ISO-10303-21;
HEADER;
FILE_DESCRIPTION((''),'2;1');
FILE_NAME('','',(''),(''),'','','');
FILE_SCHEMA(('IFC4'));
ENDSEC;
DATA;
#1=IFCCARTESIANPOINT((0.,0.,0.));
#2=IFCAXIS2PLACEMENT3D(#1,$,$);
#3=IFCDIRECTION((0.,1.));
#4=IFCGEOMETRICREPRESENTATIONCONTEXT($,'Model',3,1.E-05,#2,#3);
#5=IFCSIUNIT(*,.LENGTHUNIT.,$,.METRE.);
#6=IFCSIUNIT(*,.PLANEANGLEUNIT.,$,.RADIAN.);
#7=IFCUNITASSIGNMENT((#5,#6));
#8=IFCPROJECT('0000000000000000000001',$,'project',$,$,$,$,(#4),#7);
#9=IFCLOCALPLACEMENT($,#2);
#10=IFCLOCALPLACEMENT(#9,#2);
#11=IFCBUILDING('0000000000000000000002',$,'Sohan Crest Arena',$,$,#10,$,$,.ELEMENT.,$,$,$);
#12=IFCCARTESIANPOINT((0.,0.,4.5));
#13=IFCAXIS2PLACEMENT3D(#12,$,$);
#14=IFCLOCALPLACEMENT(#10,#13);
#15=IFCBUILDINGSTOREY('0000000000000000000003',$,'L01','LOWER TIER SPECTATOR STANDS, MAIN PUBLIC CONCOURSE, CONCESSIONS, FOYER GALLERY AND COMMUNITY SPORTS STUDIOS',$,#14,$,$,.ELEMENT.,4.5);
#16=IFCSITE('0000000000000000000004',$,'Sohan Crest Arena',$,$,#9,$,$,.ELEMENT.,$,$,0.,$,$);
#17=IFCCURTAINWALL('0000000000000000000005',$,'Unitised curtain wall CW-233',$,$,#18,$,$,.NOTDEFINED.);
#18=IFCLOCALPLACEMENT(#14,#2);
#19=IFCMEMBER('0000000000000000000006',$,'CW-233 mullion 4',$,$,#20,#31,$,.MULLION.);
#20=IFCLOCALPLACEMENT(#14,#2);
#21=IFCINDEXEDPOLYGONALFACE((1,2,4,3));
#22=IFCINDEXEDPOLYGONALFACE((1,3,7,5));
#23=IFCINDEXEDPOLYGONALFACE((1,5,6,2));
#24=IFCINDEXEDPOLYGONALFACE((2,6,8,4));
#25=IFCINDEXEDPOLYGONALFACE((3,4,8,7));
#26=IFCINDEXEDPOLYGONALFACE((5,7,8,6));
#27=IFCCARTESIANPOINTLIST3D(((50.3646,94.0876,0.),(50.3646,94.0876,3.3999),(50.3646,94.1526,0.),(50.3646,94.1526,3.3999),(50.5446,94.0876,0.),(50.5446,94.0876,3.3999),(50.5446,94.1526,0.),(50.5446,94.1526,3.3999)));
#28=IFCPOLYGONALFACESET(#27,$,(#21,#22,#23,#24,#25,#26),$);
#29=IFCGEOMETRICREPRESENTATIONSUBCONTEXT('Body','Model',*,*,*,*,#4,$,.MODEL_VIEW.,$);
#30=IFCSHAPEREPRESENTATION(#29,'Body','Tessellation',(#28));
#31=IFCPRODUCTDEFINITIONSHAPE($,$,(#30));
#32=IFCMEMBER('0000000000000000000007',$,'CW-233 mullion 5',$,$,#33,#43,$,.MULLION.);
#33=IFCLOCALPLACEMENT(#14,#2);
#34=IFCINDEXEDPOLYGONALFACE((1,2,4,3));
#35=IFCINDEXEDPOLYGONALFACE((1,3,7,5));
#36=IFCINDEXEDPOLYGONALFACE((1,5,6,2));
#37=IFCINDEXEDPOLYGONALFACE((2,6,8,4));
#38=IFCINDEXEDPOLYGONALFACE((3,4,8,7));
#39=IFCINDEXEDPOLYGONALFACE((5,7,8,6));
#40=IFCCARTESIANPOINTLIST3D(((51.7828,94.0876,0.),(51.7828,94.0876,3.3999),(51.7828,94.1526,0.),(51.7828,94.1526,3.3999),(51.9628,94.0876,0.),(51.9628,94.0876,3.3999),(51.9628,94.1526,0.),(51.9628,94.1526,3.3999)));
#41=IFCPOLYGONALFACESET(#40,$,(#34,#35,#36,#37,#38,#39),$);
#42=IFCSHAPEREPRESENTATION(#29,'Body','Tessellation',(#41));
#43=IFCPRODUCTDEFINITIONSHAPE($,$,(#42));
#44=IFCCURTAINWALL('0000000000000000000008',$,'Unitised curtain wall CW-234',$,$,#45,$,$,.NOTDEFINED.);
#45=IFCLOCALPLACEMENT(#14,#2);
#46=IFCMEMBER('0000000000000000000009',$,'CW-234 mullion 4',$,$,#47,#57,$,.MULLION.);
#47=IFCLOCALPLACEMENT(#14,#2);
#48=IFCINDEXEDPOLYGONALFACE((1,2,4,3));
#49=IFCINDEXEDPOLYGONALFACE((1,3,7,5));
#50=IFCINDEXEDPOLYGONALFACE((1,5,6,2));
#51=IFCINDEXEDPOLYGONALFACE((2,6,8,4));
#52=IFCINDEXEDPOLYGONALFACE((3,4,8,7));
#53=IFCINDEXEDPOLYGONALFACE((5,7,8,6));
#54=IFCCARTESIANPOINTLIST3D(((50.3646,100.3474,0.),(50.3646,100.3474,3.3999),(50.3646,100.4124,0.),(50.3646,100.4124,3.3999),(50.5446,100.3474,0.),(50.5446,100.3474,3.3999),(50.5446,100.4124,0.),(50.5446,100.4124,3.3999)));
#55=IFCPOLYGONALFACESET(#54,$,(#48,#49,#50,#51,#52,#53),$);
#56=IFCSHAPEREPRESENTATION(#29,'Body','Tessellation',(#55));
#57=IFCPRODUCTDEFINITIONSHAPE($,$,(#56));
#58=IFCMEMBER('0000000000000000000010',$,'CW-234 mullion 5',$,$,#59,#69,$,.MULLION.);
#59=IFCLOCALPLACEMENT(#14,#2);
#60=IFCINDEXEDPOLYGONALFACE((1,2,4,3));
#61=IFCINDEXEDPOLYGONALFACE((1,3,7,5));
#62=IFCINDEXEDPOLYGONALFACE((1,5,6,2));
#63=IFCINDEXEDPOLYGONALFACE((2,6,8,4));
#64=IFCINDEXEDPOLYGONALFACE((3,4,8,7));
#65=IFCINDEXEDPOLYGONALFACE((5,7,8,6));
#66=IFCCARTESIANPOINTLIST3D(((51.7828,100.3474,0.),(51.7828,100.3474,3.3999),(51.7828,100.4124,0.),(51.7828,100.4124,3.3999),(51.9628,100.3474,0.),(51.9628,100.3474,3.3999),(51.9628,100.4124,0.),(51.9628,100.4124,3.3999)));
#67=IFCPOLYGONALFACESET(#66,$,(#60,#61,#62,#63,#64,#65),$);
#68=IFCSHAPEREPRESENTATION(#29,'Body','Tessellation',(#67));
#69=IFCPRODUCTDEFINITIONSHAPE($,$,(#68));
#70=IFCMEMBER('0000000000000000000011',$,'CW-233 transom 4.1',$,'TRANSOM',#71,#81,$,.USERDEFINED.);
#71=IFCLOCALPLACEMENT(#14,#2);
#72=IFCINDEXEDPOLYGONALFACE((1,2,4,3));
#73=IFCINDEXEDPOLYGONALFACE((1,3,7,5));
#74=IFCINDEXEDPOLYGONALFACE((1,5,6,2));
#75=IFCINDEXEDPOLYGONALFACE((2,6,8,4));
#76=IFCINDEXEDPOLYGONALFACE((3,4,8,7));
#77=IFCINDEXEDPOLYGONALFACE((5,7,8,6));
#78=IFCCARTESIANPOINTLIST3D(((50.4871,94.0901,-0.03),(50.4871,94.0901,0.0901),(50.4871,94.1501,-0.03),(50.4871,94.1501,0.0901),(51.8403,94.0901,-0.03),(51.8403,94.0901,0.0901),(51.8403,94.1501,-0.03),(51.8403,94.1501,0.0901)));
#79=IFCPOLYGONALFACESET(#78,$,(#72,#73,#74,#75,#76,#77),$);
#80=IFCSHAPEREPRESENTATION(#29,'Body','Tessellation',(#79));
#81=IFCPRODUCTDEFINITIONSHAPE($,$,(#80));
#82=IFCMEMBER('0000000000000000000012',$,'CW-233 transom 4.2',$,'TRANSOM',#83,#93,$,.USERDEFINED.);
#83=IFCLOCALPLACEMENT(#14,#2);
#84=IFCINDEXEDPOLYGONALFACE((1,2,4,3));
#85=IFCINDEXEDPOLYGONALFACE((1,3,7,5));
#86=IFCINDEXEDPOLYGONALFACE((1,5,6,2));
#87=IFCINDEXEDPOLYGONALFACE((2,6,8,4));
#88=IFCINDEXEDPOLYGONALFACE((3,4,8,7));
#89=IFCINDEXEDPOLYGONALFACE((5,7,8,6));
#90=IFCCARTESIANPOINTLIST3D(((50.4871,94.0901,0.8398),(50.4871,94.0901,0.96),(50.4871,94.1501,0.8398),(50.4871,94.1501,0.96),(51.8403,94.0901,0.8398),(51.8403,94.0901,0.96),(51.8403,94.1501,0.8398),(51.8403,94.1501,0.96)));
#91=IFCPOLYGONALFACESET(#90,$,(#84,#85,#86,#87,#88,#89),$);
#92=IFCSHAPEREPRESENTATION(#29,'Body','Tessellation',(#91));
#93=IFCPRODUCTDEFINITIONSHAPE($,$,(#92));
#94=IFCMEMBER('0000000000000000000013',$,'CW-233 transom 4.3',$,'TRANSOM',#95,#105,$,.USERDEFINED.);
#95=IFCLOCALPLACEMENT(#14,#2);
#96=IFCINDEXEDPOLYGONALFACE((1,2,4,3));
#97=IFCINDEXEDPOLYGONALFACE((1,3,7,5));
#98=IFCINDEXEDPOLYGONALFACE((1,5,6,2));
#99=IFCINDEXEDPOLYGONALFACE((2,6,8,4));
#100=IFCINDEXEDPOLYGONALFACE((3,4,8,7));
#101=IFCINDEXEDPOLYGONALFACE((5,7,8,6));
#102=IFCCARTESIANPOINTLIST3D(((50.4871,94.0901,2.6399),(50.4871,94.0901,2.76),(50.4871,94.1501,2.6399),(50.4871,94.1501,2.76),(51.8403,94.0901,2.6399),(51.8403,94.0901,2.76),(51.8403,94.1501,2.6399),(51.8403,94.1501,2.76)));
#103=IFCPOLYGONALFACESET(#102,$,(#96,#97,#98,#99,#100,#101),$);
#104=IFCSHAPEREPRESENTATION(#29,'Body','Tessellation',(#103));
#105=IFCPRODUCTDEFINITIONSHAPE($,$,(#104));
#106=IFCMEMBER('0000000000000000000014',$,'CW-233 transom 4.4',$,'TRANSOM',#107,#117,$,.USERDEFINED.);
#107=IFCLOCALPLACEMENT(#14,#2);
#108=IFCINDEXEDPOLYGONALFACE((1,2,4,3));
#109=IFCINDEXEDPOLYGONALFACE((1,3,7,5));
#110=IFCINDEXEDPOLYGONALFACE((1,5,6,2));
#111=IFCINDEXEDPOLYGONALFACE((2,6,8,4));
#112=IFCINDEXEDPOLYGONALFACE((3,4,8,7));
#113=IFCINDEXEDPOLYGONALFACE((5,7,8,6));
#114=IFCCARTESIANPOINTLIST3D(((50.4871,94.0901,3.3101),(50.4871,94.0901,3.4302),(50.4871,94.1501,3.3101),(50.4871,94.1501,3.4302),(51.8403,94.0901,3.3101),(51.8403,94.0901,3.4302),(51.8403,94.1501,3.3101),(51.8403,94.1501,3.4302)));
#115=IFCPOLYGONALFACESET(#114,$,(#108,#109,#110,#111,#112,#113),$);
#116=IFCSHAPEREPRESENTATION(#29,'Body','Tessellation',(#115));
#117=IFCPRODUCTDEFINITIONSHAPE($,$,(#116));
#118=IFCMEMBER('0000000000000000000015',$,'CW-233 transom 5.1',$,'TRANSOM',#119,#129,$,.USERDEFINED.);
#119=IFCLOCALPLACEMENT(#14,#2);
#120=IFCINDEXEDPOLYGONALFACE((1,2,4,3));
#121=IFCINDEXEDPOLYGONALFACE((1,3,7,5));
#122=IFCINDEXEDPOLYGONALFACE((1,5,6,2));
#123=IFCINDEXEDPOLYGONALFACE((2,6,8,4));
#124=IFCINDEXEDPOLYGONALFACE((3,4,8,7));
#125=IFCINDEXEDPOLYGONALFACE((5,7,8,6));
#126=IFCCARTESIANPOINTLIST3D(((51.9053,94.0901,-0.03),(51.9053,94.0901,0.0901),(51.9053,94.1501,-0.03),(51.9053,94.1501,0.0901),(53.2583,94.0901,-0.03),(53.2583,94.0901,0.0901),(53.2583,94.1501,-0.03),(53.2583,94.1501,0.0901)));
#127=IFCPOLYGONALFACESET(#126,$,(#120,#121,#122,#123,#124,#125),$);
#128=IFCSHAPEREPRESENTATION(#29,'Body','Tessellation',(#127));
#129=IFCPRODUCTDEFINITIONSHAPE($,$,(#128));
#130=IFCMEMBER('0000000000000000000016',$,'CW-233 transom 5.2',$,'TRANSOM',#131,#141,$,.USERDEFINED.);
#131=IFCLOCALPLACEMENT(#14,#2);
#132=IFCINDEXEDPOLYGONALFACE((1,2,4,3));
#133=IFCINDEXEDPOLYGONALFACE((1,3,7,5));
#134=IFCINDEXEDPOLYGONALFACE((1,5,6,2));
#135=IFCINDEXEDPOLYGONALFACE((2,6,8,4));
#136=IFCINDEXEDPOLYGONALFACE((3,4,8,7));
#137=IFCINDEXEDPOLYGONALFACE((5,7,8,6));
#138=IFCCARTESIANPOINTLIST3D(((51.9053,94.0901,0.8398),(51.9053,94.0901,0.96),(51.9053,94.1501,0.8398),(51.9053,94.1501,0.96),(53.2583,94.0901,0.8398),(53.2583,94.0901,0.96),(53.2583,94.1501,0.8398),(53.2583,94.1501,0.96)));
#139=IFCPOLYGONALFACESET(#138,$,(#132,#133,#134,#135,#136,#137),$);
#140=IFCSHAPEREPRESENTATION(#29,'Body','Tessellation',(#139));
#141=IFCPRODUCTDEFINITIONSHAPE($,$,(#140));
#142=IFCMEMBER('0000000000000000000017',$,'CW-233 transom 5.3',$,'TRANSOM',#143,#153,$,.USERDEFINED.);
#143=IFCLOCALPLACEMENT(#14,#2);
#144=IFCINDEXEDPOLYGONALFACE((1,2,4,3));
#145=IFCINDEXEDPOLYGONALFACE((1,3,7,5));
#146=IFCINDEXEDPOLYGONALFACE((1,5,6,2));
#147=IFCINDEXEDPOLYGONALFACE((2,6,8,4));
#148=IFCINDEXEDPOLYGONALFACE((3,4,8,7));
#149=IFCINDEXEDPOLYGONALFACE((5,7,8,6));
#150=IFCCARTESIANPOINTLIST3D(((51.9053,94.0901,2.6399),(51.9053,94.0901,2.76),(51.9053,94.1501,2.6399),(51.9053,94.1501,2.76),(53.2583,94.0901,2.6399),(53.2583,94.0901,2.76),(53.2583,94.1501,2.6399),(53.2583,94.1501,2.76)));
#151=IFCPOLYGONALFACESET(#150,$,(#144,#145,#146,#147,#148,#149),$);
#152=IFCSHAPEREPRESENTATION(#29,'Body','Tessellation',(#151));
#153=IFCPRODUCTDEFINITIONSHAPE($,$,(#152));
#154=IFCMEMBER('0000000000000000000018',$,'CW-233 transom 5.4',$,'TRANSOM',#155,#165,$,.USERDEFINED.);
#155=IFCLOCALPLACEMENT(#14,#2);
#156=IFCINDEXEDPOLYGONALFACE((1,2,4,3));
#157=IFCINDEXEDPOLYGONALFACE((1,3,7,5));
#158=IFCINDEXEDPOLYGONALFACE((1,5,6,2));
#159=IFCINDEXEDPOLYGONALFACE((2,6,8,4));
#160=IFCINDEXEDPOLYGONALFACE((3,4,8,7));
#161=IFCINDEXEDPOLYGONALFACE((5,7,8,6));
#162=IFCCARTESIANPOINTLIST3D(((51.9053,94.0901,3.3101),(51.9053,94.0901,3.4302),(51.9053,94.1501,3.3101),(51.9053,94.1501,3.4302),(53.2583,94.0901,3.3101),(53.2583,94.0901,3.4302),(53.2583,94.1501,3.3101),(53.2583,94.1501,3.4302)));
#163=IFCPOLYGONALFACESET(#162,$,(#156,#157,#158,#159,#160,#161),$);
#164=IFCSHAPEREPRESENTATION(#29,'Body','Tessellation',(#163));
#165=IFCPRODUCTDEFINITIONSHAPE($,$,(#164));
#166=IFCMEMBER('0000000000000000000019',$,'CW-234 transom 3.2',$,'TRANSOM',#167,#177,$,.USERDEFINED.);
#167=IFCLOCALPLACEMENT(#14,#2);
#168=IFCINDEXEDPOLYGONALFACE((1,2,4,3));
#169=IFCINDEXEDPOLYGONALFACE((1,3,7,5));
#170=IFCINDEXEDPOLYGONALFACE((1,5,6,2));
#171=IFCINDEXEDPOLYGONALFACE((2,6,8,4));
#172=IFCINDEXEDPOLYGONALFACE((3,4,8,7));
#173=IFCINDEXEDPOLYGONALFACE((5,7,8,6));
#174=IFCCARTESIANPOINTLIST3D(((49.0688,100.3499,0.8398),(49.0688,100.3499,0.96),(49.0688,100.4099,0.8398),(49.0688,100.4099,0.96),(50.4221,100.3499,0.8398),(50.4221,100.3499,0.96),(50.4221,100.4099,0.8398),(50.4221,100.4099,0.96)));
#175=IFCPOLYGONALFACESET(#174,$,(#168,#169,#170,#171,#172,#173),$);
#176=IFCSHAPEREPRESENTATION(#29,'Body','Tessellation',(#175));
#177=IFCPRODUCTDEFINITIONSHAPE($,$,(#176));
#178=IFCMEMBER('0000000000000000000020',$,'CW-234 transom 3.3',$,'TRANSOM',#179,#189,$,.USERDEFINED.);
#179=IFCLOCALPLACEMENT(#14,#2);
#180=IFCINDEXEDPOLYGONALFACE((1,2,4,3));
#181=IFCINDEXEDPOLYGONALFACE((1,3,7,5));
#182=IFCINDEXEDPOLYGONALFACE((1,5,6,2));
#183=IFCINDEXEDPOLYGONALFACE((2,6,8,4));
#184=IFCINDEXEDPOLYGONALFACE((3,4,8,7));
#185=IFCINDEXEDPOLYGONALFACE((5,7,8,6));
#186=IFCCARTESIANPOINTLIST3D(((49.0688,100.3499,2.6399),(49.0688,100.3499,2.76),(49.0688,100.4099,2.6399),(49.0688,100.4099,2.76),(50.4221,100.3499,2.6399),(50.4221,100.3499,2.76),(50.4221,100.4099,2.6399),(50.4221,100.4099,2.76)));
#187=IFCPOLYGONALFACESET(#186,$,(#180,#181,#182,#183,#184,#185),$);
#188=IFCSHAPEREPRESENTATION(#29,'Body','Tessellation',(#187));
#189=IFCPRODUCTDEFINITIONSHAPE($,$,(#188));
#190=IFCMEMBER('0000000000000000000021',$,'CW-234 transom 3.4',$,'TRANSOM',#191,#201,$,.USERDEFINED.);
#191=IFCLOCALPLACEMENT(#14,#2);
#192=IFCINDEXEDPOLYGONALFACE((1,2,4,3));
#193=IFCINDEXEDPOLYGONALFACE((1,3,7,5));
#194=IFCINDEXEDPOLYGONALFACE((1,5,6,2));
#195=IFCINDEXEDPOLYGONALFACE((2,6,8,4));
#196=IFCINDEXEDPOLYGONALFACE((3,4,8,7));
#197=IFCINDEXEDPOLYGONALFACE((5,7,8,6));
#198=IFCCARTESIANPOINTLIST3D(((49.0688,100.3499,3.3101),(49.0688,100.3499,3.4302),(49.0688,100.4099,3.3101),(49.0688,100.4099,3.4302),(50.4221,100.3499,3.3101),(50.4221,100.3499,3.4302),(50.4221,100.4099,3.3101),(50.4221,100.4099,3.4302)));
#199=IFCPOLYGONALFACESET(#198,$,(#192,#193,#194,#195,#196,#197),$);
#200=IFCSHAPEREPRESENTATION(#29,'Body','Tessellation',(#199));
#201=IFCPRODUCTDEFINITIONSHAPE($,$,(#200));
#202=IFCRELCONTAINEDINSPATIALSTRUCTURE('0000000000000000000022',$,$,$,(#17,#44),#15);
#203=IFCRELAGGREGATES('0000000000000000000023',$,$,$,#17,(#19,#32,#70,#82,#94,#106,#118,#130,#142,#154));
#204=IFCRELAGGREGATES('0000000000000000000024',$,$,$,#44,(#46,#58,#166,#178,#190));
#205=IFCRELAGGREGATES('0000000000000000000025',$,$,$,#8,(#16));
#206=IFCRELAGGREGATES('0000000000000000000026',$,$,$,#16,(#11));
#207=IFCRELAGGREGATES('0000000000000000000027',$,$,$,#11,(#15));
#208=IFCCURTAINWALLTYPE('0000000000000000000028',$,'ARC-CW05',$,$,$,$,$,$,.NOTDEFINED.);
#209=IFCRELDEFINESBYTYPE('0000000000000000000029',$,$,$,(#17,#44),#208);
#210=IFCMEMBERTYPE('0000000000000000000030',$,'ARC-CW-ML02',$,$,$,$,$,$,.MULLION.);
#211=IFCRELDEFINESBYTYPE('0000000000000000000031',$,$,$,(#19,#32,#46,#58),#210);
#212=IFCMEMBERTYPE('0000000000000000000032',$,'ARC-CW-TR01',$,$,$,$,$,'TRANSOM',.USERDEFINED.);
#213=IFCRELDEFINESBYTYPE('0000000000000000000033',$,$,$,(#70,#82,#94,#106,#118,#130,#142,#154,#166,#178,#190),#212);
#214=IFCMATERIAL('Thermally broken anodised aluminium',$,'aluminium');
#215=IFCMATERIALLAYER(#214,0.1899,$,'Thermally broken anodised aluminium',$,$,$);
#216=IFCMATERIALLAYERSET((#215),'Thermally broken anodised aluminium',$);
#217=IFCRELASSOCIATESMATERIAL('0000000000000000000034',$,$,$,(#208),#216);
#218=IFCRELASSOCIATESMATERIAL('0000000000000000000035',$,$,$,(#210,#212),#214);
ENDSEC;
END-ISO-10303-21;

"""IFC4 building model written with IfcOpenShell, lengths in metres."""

from ifc_helpers import new_model, si_unit, direction, frame, origin, origin_2d, place, context, subcontext, project, spatial, rectangle, extrude, material, layer, layer_set, material_profile, profile_set, type_object, element, aggregate, save


model = new_model("IFC4")

# Units and contexts
model_context = context("Model", 3, precision=1e-05, world=origin(), true_north=direction((0.0, 1.0)))
body_context = subcontext(model_context, "Body", "Model", "MODEL_VIEW")
ifc_project = project(units=[si_unit("LENGTHUNIT", "METRE"), si_unit("PLANEANGLEUNIT", "RADIAN")], contexts=[model_context])

# Site, building, storey
site_placement = place(None, origin())
site = spatial("IfcSite", under=ifc_project, at=site_placement, Name="Sohan Crest Arena", CompositionType="ELEMENT", RefElevation=0.0)
building_placement = place(site_placement, origin())
building = spatial("IfcBuilding", under=site, at=building_placement, Name="Sohan Crest Arena", CompositionType="ELEMENT")
storey_placement = place(building_placement, frame((0.0, 0.0, 4.5)))
storey = spatial("IfcBuildingStorey", under=building, at=storey_placement, Name="L01", Description="LOWER TIER SPECTATOR STANDS, MAIN PUBLIC CONCOURSE, CONCESSIONS, FOYER GALLERY AND COMMUNITY SPORTS STUDIOS", CompositionType="ELEMENT", Elevation=4.5)

# Curtain walls, members
ifc_material_1 = material(Name="Thermally broken anodised aluminium", Category="aluminium")
ifc_layer_1 = layer(ifc_material_1, 0.1899, Name="Thermally broken anodised aluminium")
ifc_layer_set_1 = layer_set([ifc_layer_1], Name="Thermally broken anodised aluminium")
curtain_wall_type = type_object("IfcCurtainWallType", Name="ARC-CW05", PredefinedType="NOTDEFINED", material=ifc_layer_set_1)
curtain_wall_1_placement = place(storey_placement, origin())
curtain_wall_1 = element("IfcCurtainWall", 1, at=curtain_wall_1_placement, inside=storey, type_object=curtain_wall_type, Name="Unitised curtain wall CW-233", PredefinedType="NOTDEFINED")
ifc_material_profile_1 = material_profile(ifc_material_1, rectangle(XDim=0.0649, YDim=0.1799, at=origin_2d()), Name="ALU-MULL 65x180")
ifc_profile_set_1 = profile_set([ifc_material_profile_1], Name="Thermally broken anodised aluminium")
member_type_1 = type_object("IfcMemberType", Name="ARC-CW-ML02", PredefinedType="MULLION", material=ifc_profile_set_1)
member_1_placement = place(storey_placement, frame((50.4546, 94.1201, 0.0), z_axis=(0.0, 0.0, 1.0), x_axis=(0.0, 1.0, 0.0)))
member_1 = element("IfcMember", 2, at=member_1_placement, type_object=member_type_1, Name="CW-233 mullion 4", PredefinedType="MULLION", context=body_context, shape_type="SweptSolid", body=[
    extrude(rectangle(XDim=0.0649, YDim=0.1799, at=origin_2d()), origin(), (0.0, 0.0, 1.0), 3.3999),
])
member_2_placement = place(storey_placement, frame((51.8728, 94.1201, 0.0), z_axis=(0.0, 0.0, 1.0), x_axis=(0.0, 1.0, 0.0)))
member_2 = element("IfcMember", 3, at=member_2_placement, type_object=member_type_1, Name="CW-233 mullion 5", PredefinedType="MULLION", context=body_context, shape_type="SweptSolid", body=[
    extrude(rectangle(XDim=0.0649, YDim=0.1799, at=origin_2d()), origin(), (0.0, 0.0, 1.0), 3.3999),
])
curtain_wall_2_placement = place(storey_placement, origin())
curtain_wall_2 = element("IfcCurtainWall", 4, at=curtain_wall_2_placement, inside=storey, type_object=curtain_wall_type, Name="Unitised curtain wall CW-234", PredefinedType="NOTDEFINED")
member_3_placement = place(storey_placement, frame((50.4546, 100.3799, 0.0), z_axis=(0.0, 0.0, 1.0), x_axis=(0.0, 1.0, 0.0)))
member_3 = element("IfcMember", 5, at=member_3_placement, type_object=member_type_1, Name="CW-234 mullion 4", PredefinedType="MULLION", context=body_context, shape_type="SweptSolid", body=[
    extrude(rectangle(XDim=0.0649, YDim=0.1799, at=origin_2d()), origin(), (0.0, 0.0, 1.0), 3.3999),
])
member_4_placement = place(storey_placement, frame((51.8728, 100.3799, 0.0), z_axis=(0.0, 0.0, 1.0), x_axis=(0.0, 1.0, 0.0)))
member_4 = element("IfcMember", 6, at=member_4_placement, type_object=member_type_1, Name="CW-234 mullion 5", PredefinedType="MULLION", context=body_context, shape_type="SweptSolid", body=[
    extrude(rectangle(XDim=0.0649, YDim=0.1799, at=origin_2d()), origin(), (0.0, 0.0, 1.0), 3.3999),
])

# Members
ifc_material_profile_2 = material_profile(ifc_material_1, rectangle(XDim=0.0601, YDim=0.1201, at=origin_2d()), Name="ALU-TRAN 60x120")
ifc_profile_set_2 = profile_set([ifc_material_profile_2], Name="Thermally broken anodised aluminium")
member_type_2 = type_object("IfcMemberType", Name="ARC-CW-TR01", ElementType="TRANSOM", PredefinedType="USERDEFINED", material=ifc_profile_set_2)
member_5_placement = place(storey_placement, frame((50.4871, 94.1201, 0.03), z_axis=(1.0, 0.0, 0.0), x_axis=(0.0, 1.0, 0.0)))
member_5 = element("IfcMember", 7, at=member_5_placement, type_object=member_type_2, Name="CW-233 transom 4.1", ObjectType="TRANSOM", PredefinedType="USERDEFINED", context=body_context, shape_type="SweptSolid", body=[
    extrude(rectangle(XDim=0.0601, YDim=0.1201, at=origin_2d()), origin(), (0.0, 0.0, 1.0), 1.3533),
])
member_6_placement = place(storey_placement, frame((50.4871, 94.1201, 0.8999), z_axis=(1.0, 0.0, 0.0), x_axis=(0.0, 1.0, 0.0)))
member_6 = element("IfcMember", 8, at=member_6_placement, type_object=member_type_2, Name="CW-233 transom 4.2", ObjectType="TRANSOM", PredefinedType="USERDEFINED", context=body_context, shape_type="SweptSolid", body=[
    extrude(rectangle(XDim=0.0601, YDim=0.1201, at=origin_2d()), origin(), (0.0, 0.0, 1.0), 1.3533),
])
member_7_placement = place(storey_placement, frame((50.4871, 94.1201, 2.7), z_axis=(1.0, 0.0, 0.0), x_axis=(0.0, 1.0, 0.0)))
member_7 = element("IfcMember", 9, at=member_7_placement, type_object=member_type_2, Name="CW-233 transom 4.3", ObjectType="TRANSOM", PredefinedType="USERDEFINED", context=body_context, shape_type="SweptSolid", body=[
    extrude(rectangle(XDim=0.0601, YDim=0.1201, at=origin_2d()), origin(), (0.0, 0.0, 1.0), 1.3533),
])
member_8_placement = place(storey_placement, frame((50.4871, 94.1201, 3.3701), z_axis=(1.0, 0.0, 0.0), x_axis=(0.0, 1.0, 0.0)))
member_8 = element("IfcMember", 10, at=member_8_placement, type_object=member_type_2, Name="CW-233 transom 4.4", ObjectType="TRANSOM", PredefinedType="USERDEFINED", context=body_context, shape_type="SweptSolid", body=[
    extrude(rectangle(XDim=0.0601, YDim=0.1201, at=origin_2d()), origin(), (0.0, 0.0, 1.0), 1.3533),
])
member_9_placement = place(storey_placement, frame((51.9053, 94.1201, 0.03), z_axis=(1.0, 0.0, 0.0), x_axis=(0.0, 1.0, 0.0)))
member_9 = element("IfcMember", 11, at=member_9_placement, type_object=member_type_2, Name="CW-233 transom 5.1", ObjectType="TRANSOM", PredefinedType="USERDEFINED", context=body_context, shape_type="SweptSolid", body=[
    extrude(rectangle(XDim=0.0601, YDim=0.1201, at=origin_2d()), origin(), (0.0, 0.0, 1.0), 1.353),
])
member_10_placement = place(storey_placement, frame((51.9053, 94.1201, 0.8999), z_axis=(1.0, 0.0, 0.0), x_axis=(0.0, 1.0, 0.0)))
member_10 = element("IfcMember", 12, at=member_10_placement, type_object=member_type_2, Name="CW-233 transom 5.2", ObjectType="TRANSOM", PredefinedType="USERDEFINED", context=body_context, shape_type="SweptSolid", body=[
    extrude(rectangle(XDim=0.0601, YDim=0.1201, at=origin_2d()), origin(), (0.0, 0.0, 1.0), 1.353),
])
member_11_placement = place(storey_placement, frame((51.9053, 94.1201, 2.7), z_axis=(1.0, 0.0, 0.0), x_axis=(0.0, 1.0, 0.0)))
member_11 = element("IfcMember", 13, at=member_11_placement, type_object=member_type_2, Name="CW-233 transom 5.3", ObjectType="TRANSOM", PredefinedType="USERDEFINED", context=body_context, shape_type="SweptSolid", body=[
    extrude(rectangle(XDim=0.0601, YDim=0.1201, at=origin_2d()), origin(), (0.0, 0.0, 1.0), 1.353),
])
member_12_placement = place(storey_placement, frame((51.9053, 94.1201, 3.3701), z_axis=(1.0, 0.0, 0.0), x_axis=(0.0, 1.0, 0.0)))
member_12 = element("IfcMember", 14, at=member_12_placement, type_object=member_type_2, Name="CW-233 transom 5.4", ObjectType="TRANSOM", PredefinedType="USERDEFINED", context=body_context, shape_type="SweptSolid", body=[
    extrude(rectangle(XDim=0.0601, YDim=0.1201, at=origin_2d()), origin(), (0.0, 0.0, 1.0), 1.353),
])
member_13_placement = place(storey_placement, frame((49.0688, 100.3799, 0.8999), z_axis=(1.0, 0.0, 0.0), x_axis=(0.0, 1.0, 0.0)))
member_13 = element("IfcMember", 15, at=member_13_placement, type_object=member_type_2, Name="CW-234 transom 3.2", ObjectType="TRANSOM", PredefinedType="USERDEFINED", context=body_context, shape_type="SweptSolid", body=[
    extrude(rectangle(XDim=0.0601, YDim=0.1201, at=origin_2d()), origin(), (0.0, 0.0, 1.0), 1.3533),
])
member_14_placement = place(storey_placement, frame((49.0688, 100.3799, 2.7), z_axis=(1.0, 0.0, 0.0), x_axis=(0.0, 1.0, 0.0)))
member_14 = element("IfcMember", 16, at=member_14_placement, type_object=member_type_2, Name="CW-234 transom 3.3", ObjectType="TRANSOM", PredefinedType="USERDEFINED", context=body_context, shape_type="SweptSolid", body=[
    extrude(rectangle(XDim=0.0601, YDim=0.1201, at=origin_2d()), origin(), (0.0, 0.0, 1.0), 1.3533),
])
member_15_placement = place(storey_placement, frame((49.0688, 100.3799, 3.3701), z_axis=(1.0, 0.0, 0.0), x_axis=(0.0, 1.0, 0.0)))
member_15 = element("IfcMember", 17, at=member_15_placement, type_object=member_type_2, Name="CW-234 transom 3.4", ObjectType="TRANSOM", PredefinedType="USERDEFINED", context=body_context, shape_type="SweptSolid", body=[
    extrude(rectangle(XDim=0.0601, YDim=0.1201, at=origin_2d()), origin(), (0.0, 0.0, 1.0), 1.3533),
])

aggregate(curtain_wall_1, [member_1, member_2, member_5, member_6, member_7, member_8, member_9, member_10, member_11, member_12])
aggregate(curtain_wall_2, [member_3, member_4, member_13, member_14, member_15])

save(model, "model.ifc")
